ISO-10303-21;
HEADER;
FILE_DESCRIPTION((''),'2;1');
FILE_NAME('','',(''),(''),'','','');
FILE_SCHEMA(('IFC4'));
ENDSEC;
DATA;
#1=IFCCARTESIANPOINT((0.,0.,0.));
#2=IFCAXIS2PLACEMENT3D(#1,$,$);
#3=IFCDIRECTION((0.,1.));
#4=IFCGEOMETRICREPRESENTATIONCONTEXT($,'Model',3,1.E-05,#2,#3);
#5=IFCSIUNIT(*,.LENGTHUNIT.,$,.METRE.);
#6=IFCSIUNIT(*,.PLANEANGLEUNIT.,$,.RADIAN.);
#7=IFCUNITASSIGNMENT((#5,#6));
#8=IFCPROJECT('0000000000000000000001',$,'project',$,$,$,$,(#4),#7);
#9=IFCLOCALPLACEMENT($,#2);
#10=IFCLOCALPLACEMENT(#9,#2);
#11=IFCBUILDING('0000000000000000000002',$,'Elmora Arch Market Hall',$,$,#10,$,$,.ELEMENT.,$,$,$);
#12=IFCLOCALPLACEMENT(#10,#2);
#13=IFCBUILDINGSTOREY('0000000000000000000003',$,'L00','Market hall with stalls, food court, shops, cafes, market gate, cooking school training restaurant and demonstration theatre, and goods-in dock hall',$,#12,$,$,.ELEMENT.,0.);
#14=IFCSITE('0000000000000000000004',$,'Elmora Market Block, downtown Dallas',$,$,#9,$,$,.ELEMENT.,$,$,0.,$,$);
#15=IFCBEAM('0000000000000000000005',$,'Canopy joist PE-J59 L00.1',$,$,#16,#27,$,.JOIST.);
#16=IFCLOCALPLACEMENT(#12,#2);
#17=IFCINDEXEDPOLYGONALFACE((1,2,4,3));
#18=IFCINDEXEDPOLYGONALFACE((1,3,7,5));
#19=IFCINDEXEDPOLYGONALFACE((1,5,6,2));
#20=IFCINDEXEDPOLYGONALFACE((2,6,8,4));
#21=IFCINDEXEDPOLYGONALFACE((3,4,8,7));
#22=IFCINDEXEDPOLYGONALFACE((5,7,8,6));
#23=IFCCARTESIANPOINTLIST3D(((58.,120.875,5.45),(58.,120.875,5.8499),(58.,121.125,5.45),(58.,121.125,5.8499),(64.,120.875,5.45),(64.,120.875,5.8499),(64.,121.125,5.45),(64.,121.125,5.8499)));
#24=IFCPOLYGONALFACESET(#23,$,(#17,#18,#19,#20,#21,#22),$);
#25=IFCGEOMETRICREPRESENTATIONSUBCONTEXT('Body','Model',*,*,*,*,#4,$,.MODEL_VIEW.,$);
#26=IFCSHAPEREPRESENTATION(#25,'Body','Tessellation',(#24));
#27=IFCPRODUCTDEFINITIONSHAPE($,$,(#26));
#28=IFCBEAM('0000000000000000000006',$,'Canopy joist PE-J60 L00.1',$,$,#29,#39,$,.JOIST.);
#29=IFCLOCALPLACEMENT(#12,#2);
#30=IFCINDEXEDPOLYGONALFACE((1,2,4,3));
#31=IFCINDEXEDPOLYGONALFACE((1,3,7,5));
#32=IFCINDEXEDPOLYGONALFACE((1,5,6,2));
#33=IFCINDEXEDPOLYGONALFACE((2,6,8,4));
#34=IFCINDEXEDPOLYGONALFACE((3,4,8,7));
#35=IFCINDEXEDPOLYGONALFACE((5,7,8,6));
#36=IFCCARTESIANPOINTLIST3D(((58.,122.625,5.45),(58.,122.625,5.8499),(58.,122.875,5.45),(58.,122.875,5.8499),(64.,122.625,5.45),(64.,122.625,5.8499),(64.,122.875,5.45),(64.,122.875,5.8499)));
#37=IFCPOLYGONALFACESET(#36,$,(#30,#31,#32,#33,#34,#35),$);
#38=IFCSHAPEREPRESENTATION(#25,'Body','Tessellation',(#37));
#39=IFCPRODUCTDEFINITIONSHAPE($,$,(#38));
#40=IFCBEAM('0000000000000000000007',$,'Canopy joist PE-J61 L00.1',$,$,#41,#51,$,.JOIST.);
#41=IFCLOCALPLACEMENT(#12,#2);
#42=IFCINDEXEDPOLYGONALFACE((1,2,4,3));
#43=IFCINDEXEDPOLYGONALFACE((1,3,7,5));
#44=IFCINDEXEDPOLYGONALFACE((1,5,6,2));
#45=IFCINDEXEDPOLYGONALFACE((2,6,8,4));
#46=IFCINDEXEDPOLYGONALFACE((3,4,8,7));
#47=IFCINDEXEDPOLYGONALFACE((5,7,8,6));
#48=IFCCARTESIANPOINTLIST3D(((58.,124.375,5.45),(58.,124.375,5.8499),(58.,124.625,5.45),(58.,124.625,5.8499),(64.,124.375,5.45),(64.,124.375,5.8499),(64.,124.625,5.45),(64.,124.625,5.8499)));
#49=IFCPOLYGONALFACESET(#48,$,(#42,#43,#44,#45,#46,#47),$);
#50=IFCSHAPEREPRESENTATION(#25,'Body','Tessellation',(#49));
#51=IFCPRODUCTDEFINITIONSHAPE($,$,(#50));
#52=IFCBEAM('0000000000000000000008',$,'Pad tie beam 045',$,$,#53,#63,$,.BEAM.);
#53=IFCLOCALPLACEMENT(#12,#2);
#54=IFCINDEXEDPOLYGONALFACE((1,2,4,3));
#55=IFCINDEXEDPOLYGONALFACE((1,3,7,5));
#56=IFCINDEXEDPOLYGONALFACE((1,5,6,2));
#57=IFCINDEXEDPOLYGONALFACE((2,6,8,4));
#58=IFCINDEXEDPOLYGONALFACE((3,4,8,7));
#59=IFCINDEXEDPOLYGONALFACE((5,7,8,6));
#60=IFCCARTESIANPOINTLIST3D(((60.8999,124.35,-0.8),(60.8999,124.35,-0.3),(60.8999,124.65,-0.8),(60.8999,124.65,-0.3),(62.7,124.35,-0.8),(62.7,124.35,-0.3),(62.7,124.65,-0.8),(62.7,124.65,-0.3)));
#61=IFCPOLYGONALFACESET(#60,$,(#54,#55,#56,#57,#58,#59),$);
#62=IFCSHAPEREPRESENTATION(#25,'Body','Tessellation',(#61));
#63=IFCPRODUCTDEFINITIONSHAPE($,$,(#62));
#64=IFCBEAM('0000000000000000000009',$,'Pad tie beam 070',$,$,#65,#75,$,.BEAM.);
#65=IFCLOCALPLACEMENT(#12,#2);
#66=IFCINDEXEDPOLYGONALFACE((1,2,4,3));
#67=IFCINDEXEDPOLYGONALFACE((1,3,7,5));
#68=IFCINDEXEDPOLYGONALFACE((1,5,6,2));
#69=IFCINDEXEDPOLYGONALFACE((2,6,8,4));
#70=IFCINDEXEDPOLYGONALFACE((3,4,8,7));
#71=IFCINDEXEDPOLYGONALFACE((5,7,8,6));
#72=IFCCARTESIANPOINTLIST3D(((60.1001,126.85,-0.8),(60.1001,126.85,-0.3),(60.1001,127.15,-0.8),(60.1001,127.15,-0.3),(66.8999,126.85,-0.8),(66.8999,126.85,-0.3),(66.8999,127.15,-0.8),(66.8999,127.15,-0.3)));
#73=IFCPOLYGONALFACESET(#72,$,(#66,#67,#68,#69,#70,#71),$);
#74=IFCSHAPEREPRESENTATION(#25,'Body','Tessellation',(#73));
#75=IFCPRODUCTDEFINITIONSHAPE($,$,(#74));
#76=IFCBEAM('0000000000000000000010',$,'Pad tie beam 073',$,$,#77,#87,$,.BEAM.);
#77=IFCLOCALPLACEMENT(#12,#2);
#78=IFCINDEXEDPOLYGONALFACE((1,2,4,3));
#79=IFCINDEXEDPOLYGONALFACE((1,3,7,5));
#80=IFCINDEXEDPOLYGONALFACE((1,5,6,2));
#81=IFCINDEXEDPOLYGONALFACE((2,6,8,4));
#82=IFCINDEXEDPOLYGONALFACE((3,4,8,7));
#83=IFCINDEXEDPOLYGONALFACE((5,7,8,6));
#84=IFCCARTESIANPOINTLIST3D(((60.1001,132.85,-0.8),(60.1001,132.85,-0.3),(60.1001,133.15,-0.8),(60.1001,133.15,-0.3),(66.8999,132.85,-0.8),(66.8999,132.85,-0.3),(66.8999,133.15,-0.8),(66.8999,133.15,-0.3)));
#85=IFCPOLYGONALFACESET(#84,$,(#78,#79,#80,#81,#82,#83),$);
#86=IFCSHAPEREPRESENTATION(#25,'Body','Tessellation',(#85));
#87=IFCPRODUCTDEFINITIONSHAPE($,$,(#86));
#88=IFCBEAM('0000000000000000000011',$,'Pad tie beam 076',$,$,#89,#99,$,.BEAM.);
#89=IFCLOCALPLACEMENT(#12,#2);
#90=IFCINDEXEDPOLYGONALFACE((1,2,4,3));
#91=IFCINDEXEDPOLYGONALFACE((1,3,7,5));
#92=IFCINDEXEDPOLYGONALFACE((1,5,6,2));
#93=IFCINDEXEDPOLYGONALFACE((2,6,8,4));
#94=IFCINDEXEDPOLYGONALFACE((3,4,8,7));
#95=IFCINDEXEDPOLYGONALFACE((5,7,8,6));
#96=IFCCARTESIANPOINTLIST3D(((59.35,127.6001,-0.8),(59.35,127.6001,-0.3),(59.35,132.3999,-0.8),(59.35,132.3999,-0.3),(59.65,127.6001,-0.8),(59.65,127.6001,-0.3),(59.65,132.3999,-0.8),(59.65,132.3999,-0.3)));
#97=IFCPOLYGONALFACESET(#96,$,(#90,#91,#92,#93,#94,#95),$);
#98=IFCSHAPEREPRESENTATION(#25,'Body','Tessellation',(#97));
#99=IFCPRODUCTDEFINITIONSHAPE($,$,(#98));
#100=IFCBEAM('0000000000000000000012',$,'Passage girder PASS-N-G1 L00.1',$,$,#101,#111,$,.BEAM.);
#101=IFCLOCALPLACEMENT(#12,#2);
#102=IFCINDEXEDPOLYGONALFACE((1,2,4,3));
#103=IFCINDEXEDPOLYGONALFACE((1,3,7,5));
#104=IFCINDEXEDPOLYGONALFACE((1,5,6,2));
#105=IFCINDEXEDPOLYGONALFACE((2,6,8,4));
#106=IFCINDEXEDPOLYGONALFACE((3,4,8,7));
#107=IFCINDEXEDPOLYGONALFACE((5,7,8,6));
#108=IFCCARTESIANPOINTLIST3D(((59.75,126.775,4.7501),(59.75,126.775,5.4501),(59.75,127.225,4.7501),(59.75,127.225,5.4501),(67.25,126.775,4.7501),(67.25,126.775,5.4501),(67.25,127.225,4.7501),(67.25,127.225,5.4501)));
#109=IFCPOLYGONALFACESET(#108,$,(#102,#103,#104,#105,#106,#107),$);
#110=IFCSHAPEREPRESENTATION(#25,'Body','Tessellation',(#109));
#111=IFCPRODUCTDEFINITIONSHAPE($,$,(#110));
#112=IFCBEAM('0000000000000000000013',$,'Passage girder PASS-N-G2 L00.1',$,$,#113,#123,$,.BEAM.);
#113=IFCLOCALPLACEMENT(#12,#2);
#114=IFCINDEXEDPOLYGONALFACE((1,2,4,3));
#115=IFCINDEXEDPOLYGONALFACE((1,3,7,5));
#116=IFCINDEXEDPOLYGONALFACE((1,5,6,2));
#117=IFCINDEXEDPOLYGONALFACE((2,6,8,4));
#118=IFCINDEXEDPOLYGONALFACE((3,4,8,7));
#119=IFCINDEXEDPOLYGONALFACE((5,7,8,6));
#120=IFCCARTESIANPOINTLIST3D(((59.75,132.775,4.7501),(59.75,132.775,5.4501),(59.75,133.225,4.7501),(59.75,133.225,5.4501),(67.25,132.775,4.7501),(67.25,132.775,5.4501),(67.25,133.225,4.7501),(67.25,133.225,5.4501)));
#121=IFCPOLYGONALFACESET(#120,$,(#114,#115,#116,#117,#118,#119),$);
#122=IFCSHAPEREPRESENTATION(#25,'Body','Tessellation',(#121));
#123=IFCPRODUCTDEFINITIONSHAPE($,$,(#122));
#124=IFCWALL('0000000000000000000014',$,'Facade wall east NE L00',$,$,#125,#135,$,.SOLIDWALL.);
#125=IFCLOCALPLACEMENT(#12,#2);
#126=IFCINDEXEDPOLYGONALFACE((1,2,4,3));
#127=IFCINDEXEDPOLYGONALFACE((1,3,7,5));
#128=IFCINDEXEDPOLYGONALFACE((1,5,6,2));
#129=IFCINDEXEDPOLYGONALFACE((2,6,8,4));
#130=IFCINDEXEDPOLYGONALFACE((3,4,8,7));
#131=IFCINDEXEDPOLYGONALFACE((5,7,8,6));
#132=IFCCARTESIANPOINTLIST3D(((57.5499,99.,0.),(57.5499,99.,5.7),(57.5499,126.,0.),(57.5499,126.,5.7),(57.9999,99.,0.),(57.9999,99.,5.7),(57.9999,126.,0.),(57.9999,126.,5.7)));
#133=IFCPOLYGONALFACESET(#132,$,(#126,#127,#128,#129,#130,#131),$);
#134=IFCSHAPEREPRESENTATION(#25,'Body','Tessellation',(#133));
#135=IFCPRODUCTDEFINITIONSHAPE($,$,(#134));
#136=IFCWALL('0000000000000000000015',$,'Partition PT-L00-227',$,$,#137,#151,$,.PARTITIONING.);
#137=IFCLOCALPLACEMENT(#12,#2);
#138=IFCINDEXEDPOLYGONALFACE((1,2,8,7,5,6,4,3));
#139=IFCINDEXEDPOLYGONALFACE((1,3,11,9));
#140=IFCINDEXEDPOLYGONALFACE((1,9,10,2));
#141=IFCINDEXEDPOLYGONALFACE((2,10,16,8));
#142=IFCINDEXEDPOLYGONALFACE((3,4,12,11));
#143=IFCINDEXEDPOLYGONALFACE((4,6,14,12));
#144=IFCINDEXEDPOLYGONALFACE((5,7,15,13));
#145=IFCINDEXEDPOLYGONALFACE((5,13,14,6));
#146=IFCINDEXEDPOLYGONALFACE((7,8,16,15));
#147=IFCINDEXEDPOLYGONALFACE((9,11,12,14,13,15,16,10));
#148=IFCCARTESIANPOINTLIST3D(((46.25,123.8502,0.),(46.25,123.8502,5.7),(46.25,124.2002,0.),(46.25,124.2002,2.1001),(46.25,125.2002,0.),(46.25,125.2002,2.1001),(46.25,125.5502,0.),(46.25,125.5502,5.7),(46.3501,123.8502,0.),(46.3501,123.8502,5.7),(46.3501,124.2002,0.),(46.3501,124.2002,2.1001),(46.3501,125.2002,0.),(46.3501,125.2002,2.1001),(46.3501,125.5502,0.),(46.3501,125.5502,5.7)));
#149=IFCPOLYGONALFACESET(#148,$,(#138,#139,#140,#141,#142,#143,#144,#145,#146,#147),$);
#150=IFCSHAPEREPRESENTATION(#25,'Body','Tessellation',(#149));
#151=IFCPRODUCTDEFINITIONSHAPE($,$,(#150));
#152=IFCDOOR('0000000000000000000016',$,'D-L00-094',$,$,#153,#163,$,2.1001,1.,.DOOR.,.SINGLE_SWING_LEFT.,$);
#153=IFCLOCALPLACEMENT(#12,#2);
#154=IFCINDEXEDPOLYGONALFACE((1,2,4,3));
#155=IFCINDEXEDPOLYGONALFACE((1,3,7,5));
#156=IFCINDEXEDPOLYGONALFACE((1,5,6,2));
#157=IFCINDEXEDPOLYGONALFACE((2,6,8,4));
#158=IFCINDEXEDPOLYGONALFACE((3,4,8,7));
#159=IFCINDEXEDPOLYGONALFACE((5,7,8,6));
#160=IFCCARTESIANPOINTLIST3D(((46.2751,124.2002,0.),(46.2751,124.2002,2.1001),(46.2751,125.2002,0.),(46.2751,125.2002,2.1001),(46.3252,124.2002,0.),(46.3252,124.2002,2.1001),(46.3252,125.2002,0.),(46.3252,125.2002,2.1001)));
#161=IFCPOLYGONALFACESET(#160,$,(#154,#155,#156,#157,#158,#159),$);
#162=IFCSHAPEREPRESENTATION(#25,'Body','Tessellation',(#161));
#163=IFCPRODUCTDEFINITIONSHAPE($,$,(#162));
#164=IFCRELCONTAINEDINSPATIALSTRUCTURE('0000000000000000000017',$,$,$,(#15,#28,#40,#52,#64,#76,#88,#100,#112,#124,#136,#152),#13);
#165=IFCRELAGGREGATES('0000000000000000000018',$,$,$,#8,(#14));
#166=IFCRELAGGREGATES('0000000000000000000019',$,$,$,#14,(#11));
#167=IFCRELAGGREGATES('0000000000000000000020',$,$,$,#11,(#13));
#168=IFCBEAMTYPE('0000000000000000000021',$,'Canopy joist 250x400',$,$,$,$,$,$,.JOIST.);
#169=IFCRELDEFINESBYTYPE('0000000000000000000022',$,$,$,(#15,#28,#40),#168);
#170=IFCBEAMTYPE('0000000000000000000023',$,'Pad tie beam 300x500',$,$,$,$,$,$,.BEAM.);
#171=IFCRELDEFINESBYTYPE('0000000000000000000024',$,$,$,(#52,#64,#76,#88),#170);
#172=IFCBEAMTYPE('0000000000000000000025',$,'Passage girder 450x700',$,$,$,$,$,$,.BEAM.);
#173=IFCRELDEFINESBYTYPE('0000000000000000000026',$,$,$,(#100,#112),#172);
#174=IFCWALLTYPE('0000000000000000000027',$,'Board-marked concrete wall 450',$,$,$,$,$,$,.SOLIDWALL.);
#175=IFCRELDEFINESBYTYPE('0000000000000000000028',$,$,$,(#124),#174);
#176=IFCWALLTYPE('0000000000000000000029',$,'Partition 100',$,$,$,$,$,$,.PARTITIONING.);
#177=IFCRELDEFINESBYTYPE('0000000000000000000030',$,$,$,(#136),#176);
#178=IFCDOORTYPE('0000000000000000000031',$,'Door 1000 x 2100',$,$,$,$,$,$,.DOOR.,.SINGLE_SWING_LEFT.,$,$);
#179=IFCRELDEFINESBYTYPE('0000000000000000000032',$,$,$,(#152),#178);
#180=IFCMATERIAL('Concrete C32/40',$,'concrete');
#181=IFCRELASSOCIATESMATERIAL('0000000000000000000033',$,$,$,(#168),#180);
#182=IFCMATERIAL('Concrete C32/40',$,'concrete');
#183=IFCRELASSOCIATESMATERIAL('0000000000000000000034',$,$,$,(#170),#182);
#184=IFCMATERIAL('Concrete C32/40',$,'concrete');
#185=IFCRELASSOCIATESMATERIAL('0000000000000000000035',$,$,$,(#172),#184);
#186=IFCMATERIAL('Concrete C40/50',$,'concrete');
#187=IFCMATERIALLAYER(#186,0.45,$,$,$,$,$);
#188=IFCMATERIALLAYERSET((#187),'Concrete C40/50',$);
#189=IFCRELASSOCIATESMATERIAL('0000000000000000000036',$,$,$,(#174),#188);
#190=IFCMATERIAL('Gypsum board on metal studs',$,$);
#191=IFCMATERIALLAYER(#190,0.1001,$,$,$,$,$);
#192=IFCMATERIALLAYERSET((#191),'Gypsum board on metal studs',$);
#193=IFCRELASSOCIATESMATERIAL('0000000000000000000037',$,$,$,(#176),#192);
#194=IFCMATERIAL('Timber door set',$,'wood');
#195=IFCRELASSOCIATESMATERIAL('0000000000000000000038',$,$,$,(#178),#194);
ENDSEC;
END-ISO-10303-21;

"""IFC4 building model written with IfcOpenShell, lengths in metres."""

from ifc_helpers import new_model, si_unit, direction, frame, frame_2d, origin, origin_2d, place, context, subcontext, project, spatial, rectangle, extrude, material, layer, layer_set, material_profile, profile_set, type_object, element, fill, save


model = new_model("IFC4")

# Units and contexts
model_context = context("Model", 3, precision=1e-05, world=origin(), true_north=direction((0.0, 1.0)))
body_context = subcontext(model_context, "Body", "Model", "MODEL_VIEW")
ifc_project = project(units=[si_unit("LENGTHUNIT", "METRE"), si_unit("PLANEANGLEUNIT", "RADIAN")], contexts=[model_context])

# Site, building, storey
site_placement = place(None, origin())
site = spatial("IfcSite", under=ifc_project, at=site_placement, Name="Elmora Market Block, downtown Dallas", CompositionType="ELEMENT", RefElevation=0.0)
building_placement = place(site_placement, origin())
building = spatial("IfcBuilding", under=site, at=building_placement, Name="Elmora Arch Market Hall", CompositionType="ELEMENT")
storey_placement = place(building_placement, origin())
storey = spatial("IfcBuildingStorey", under=building, at=storey_placement, Name="L00", Description="Market hall with stalls, food court, shops, cafes, market gate, cooking school training restaurant and demonstration theatre, and goods-in dock hall", CompositionType="ELEMENT", Elevation=0.0)

# Beams
ifc_material_1 = material(Name="Concrete C32/40", Category="concrete")
ifc_material_profile_1 = material_profile(ifc_material_1, rectangle(XDim=0.25, YDim=0.3999, at=origin_2d()), Name="Canopy joist 250x400")
ifc_profile_set_1 = profile_set([ifc_material_profile_1], Name="Concrete C32/40")
beam_type_1 = type_object("IfcBeamType", Name="Canopy joist 250x400", PredefinedType="JOIST", material=ifc_profile_set_1)
for number, where, z_axis, x_axis, name in (
    (1, (58.0, 121.0, 5.6499), (1.0, 0.0, 0.0), (0.0, 1.0, 0.0), "Canopy joist PE-J59 L00.1"),
    (2, (58.0, 122.75, 5.6499), (1.0, 0.0, 0.0), (0.0, 1.0, 0.0), "Canopy joist PE-J60 L00.1"),
    (3, (58.0, 124.5, 5.6499), (1.0, 0.0, 0.0), (0.0, 1.0, 0.0), "Canopy joist PE-J61 L00.1"),
):
    element("IfcBeam", number, at=place(storey_placement, frame(where, z_axis=z_axis, x_axis=x_axis)), inside=storey, type_object=beam_type_1, Name=name, PredefinedType="JOIST", context=body_context, shape_type="SweptSolid", body=[
        extrude(rectangle(XDim=0.25, YDim=0.3999, at=origin_2d()), origin(), (0.0, 0.0, 1.0), 6.0),
    ])
ifc_material_2 = material(Name="Concrete C32/40", Category="concrete")
ifc_material_profile_2 = material_profile(ifc_material_2, rectangle(XDim=0.3, YDim=0.5, at=origin_2d()), Name="Pad tie beam 300x500")
ifc_profile_set_2 = profile_set([ifc_material_profile_2], Name="Concrete C32/40")
beam_type_2 = type_object("IfcBeamType", Name="Pad tie beam 300x500", PredefinedType="BEAM", material=ifc_profile_set_2)
beam_1_placement = place(storey_placement, frame((60.8999, 124.5, -0.55), z_axis=(1.0, 0.0, 0.0), x_axis=(0.0, 1.0, 0.0)))
element("IfcBeam", 4, at=beam_1_placement, inside=storey, type_object=beam_type_2, Name="Pad tie beam 045", PredefinedType="BEAM", context=body_context, shape_type="SweptSolid", body=[
    extrude(rectangle(XDim=0.3, YDim=0.5, at=origin_2d()), origin(), (0.0, 0.0, 1.0), 1.8),
])
for number, where, z_axis, x_axis, name in (
    (5, (60.1001, 127.0, -0.55), (1.0, 0.0, 0.0), (0.0, 1.0, 0.0), "Pad tie beam 070"),
    (6, (60.1001, 133.0, -0.55), (1.0, 0.0, 0.0), (0.0, 1.0, 0.0), "Pad tie beam 073"),
):
    element("IfcBeam", number, at=place(storey_placement, frame(where, z_axis=z_axis, x_axis=x_axis)), inside=storey, type_object=beam_type_2, Name=name, PredefinedType="BEAM", context=body_context, shape_type="SweptSolid", body=[
        extrude(rectangle(XDim=0.3, YDim=0.5, at=origin_2d()), origin(), (0.0, 0.0, 1.0), 6.7998),
    ])
beam_2_placement = place(storey_placement, frame((59.5, 127.6001, -0.55), z_axis=(0.0, 1.0, 0.0), x_axis=(-1.0, 0.0, 0.0)))
element("IfcBeam", 7, at=beam_2_placement, inside=storey, type_object=beam_type_2, Name="Pad tie beam 076", PredefinedType="BEAM", context=body_context, shape_type="SweptSolid", body=[
    extrude(rectangle(XDim=0.3, YDim=0.5, at=origin_2d()), origin(), (0.0, 0.0, 1.0), 4.7998),
])
ifc_material_3 = material(Name="Concrete C32/40", Category="concrete")
ifc_material_profile_3 = material_profile(ifc_material_3, rectangle(XDim=0.45, YDim=0.7, at=origin_2d()), Name="Passage girder 450x700")
ifc_profile_set_3 = profile_set([ifc_material_profile_3], Name="Concrete C32/40")
beam_type_3 = type_object("IfcBeamType", Name="Passage girder 450x700", PredefinedType="BEAM", material=ifc_profile_set_3)
for number, where, z_axis, x_axis, name in (
    (8, (59.75, 127.0, 5.1001), (1.0, 0.0, 0.0), (0.0, 1.0, 0.0), "Passage girder PASS-N-G1 L00.1"),
    (9, (59.75, 133.0, 5.1001), (1.0, 0.0, 0.0), (0.0, 1.0, 0.0), "Passage girder PASS-N-G2 L00.1"),
):
    element("IfcBeam", number, at=place(storey_placement, frame(where, z_axis=z_axis, x_axis=x_axis)), inside=storey, type_object=beam_type_3, Name=name, PredefinedType="BEAM", context=body_context, shape_type="SweptSolid", body=[
        extrude(rectangle(XDim=0.45, YDim=0.7, at=origin_2d()), origin(), (0.0, 0.0, 1.0), 7.5),
    ])

# Wall
ifc_material_4 = material(Name="Concrete C40/50", Category="concrete")
ifc_layer_1 = layer(ifc_material_4, 0.45)
ifc_layer_set_1 = layer_set([ifc_layer_1], Name="Concrete C40/50")
wall_type_1 = type_object("IfcWallType", Name="Board-marked concrete wall 450", PredefinedType="SOLIDWALL", material=ifc_layer_set_1)
wall_1_placement = place(storey_placement, frame((57.7749, 126.0, 0.0), z_axis=(0.0, 0.0, 1.0), x_axis=(0.0, -1.0, 0.0)))
element("IfcWall", 10, at=wall_1_placement, inside=storey, type_object=wall_type_1, Name="Facade wall east NE L00", PredefinedType="SOLIDWALL", context=body_context, shape_type="SweptSolid", body=[
    extrude(rectangle(XDim=27.0, YDim=0.45, at=frame_2d((13.5, 0.0))), origin(), (0.0, 0.0, 1.0), 5.7),
])

# Wall, opening, door
ifc_material_5 = material(Name="Gypsum board on metal studs")
ifc_layer_2 = layer(ifc_material_5, 0.1001)
ifc_layer_set_2 = layer_set([ifc_layer_2], Name="Gypsum board on metal studs")
wall_type_2 = type_object("IfcWallType", Name="Partition 100", PredefinedType="PARTITIONING", material=ifc_layer_set_2)
wall_2_placement = place(storey_placement, frame((46.3, 123.8501, 0.0), z_axis=(0.0, 0.0, 1.0), x_axis=(0.0, 1.0, 0.0)))
wall_2 = element("IfcWall", 11, at=wall_2_placement, inside=storey, type_object=wall_type_2, Name="Partition PT-L00-227", PredefinedType="PARTITIONING", context=body_context, shape_type="SweptSolid", body=[
    extrude(rectangle(XDim=1.7, YDim=0.1001, at=frame_2d((0.8501, 0.0))), origin(), (0.0, 0.0, 1.0), 5.7),
])
opening_placement = place(wall_2_placement, frame((0.3501, 0.0, 0.0)))
opening = element("IfcOpeningElement", 12, at=opening_placement, cuts=wall_2, PredefinedType="OPENING", context=body_context, shape_type="SweptSolid", body=[
    extrude(rectangle(XDim=1.0, YDim=2.1001, at=frame_2d((0.5, 1.05))), frame((0.0, 0.0601, 0.0), z_axis=(0.0, -1.0, 0.0), x_axis=(1.0, 0.0, 0.0)), (0.0, 0.0, 1.0), 0.1201),
])
ifc_material_6 = material(Name="Timber door set", Category="wood")
door_type = type_object("IfcDoorType", Name="Door 1000 x 2100", OperationType="SINGLE_SWING_LEFT", PredefinedType="DOOR", material=ifc_material_6)
door_placement = place(opening_placement, origin())
door = element("IfcDoor", 13, at=door_placement, inside=storey, type_object=door_type, Name="D-L00-094", OperationType="SINGLE_SWING_LEFT", OverallHeight=2.1001, OverallWidth=1.0, PredefinedType="DOOR", context=body_context, shape_type="SweptSolid", body=[
    extrude(rectangle(XDim=1.0, YDim=2.1001, at=frame_2d((0.5, 1.05))), frame((0.0, 0.0249, 0.0), z_axis=(0.0, -1.0, 0.0), x_axis=(1.0, 0.0, 0.0)), (0.0, 0.0, 1.0), 0.05),
])
fill(opening, door)

save(model, "model.ifc")
